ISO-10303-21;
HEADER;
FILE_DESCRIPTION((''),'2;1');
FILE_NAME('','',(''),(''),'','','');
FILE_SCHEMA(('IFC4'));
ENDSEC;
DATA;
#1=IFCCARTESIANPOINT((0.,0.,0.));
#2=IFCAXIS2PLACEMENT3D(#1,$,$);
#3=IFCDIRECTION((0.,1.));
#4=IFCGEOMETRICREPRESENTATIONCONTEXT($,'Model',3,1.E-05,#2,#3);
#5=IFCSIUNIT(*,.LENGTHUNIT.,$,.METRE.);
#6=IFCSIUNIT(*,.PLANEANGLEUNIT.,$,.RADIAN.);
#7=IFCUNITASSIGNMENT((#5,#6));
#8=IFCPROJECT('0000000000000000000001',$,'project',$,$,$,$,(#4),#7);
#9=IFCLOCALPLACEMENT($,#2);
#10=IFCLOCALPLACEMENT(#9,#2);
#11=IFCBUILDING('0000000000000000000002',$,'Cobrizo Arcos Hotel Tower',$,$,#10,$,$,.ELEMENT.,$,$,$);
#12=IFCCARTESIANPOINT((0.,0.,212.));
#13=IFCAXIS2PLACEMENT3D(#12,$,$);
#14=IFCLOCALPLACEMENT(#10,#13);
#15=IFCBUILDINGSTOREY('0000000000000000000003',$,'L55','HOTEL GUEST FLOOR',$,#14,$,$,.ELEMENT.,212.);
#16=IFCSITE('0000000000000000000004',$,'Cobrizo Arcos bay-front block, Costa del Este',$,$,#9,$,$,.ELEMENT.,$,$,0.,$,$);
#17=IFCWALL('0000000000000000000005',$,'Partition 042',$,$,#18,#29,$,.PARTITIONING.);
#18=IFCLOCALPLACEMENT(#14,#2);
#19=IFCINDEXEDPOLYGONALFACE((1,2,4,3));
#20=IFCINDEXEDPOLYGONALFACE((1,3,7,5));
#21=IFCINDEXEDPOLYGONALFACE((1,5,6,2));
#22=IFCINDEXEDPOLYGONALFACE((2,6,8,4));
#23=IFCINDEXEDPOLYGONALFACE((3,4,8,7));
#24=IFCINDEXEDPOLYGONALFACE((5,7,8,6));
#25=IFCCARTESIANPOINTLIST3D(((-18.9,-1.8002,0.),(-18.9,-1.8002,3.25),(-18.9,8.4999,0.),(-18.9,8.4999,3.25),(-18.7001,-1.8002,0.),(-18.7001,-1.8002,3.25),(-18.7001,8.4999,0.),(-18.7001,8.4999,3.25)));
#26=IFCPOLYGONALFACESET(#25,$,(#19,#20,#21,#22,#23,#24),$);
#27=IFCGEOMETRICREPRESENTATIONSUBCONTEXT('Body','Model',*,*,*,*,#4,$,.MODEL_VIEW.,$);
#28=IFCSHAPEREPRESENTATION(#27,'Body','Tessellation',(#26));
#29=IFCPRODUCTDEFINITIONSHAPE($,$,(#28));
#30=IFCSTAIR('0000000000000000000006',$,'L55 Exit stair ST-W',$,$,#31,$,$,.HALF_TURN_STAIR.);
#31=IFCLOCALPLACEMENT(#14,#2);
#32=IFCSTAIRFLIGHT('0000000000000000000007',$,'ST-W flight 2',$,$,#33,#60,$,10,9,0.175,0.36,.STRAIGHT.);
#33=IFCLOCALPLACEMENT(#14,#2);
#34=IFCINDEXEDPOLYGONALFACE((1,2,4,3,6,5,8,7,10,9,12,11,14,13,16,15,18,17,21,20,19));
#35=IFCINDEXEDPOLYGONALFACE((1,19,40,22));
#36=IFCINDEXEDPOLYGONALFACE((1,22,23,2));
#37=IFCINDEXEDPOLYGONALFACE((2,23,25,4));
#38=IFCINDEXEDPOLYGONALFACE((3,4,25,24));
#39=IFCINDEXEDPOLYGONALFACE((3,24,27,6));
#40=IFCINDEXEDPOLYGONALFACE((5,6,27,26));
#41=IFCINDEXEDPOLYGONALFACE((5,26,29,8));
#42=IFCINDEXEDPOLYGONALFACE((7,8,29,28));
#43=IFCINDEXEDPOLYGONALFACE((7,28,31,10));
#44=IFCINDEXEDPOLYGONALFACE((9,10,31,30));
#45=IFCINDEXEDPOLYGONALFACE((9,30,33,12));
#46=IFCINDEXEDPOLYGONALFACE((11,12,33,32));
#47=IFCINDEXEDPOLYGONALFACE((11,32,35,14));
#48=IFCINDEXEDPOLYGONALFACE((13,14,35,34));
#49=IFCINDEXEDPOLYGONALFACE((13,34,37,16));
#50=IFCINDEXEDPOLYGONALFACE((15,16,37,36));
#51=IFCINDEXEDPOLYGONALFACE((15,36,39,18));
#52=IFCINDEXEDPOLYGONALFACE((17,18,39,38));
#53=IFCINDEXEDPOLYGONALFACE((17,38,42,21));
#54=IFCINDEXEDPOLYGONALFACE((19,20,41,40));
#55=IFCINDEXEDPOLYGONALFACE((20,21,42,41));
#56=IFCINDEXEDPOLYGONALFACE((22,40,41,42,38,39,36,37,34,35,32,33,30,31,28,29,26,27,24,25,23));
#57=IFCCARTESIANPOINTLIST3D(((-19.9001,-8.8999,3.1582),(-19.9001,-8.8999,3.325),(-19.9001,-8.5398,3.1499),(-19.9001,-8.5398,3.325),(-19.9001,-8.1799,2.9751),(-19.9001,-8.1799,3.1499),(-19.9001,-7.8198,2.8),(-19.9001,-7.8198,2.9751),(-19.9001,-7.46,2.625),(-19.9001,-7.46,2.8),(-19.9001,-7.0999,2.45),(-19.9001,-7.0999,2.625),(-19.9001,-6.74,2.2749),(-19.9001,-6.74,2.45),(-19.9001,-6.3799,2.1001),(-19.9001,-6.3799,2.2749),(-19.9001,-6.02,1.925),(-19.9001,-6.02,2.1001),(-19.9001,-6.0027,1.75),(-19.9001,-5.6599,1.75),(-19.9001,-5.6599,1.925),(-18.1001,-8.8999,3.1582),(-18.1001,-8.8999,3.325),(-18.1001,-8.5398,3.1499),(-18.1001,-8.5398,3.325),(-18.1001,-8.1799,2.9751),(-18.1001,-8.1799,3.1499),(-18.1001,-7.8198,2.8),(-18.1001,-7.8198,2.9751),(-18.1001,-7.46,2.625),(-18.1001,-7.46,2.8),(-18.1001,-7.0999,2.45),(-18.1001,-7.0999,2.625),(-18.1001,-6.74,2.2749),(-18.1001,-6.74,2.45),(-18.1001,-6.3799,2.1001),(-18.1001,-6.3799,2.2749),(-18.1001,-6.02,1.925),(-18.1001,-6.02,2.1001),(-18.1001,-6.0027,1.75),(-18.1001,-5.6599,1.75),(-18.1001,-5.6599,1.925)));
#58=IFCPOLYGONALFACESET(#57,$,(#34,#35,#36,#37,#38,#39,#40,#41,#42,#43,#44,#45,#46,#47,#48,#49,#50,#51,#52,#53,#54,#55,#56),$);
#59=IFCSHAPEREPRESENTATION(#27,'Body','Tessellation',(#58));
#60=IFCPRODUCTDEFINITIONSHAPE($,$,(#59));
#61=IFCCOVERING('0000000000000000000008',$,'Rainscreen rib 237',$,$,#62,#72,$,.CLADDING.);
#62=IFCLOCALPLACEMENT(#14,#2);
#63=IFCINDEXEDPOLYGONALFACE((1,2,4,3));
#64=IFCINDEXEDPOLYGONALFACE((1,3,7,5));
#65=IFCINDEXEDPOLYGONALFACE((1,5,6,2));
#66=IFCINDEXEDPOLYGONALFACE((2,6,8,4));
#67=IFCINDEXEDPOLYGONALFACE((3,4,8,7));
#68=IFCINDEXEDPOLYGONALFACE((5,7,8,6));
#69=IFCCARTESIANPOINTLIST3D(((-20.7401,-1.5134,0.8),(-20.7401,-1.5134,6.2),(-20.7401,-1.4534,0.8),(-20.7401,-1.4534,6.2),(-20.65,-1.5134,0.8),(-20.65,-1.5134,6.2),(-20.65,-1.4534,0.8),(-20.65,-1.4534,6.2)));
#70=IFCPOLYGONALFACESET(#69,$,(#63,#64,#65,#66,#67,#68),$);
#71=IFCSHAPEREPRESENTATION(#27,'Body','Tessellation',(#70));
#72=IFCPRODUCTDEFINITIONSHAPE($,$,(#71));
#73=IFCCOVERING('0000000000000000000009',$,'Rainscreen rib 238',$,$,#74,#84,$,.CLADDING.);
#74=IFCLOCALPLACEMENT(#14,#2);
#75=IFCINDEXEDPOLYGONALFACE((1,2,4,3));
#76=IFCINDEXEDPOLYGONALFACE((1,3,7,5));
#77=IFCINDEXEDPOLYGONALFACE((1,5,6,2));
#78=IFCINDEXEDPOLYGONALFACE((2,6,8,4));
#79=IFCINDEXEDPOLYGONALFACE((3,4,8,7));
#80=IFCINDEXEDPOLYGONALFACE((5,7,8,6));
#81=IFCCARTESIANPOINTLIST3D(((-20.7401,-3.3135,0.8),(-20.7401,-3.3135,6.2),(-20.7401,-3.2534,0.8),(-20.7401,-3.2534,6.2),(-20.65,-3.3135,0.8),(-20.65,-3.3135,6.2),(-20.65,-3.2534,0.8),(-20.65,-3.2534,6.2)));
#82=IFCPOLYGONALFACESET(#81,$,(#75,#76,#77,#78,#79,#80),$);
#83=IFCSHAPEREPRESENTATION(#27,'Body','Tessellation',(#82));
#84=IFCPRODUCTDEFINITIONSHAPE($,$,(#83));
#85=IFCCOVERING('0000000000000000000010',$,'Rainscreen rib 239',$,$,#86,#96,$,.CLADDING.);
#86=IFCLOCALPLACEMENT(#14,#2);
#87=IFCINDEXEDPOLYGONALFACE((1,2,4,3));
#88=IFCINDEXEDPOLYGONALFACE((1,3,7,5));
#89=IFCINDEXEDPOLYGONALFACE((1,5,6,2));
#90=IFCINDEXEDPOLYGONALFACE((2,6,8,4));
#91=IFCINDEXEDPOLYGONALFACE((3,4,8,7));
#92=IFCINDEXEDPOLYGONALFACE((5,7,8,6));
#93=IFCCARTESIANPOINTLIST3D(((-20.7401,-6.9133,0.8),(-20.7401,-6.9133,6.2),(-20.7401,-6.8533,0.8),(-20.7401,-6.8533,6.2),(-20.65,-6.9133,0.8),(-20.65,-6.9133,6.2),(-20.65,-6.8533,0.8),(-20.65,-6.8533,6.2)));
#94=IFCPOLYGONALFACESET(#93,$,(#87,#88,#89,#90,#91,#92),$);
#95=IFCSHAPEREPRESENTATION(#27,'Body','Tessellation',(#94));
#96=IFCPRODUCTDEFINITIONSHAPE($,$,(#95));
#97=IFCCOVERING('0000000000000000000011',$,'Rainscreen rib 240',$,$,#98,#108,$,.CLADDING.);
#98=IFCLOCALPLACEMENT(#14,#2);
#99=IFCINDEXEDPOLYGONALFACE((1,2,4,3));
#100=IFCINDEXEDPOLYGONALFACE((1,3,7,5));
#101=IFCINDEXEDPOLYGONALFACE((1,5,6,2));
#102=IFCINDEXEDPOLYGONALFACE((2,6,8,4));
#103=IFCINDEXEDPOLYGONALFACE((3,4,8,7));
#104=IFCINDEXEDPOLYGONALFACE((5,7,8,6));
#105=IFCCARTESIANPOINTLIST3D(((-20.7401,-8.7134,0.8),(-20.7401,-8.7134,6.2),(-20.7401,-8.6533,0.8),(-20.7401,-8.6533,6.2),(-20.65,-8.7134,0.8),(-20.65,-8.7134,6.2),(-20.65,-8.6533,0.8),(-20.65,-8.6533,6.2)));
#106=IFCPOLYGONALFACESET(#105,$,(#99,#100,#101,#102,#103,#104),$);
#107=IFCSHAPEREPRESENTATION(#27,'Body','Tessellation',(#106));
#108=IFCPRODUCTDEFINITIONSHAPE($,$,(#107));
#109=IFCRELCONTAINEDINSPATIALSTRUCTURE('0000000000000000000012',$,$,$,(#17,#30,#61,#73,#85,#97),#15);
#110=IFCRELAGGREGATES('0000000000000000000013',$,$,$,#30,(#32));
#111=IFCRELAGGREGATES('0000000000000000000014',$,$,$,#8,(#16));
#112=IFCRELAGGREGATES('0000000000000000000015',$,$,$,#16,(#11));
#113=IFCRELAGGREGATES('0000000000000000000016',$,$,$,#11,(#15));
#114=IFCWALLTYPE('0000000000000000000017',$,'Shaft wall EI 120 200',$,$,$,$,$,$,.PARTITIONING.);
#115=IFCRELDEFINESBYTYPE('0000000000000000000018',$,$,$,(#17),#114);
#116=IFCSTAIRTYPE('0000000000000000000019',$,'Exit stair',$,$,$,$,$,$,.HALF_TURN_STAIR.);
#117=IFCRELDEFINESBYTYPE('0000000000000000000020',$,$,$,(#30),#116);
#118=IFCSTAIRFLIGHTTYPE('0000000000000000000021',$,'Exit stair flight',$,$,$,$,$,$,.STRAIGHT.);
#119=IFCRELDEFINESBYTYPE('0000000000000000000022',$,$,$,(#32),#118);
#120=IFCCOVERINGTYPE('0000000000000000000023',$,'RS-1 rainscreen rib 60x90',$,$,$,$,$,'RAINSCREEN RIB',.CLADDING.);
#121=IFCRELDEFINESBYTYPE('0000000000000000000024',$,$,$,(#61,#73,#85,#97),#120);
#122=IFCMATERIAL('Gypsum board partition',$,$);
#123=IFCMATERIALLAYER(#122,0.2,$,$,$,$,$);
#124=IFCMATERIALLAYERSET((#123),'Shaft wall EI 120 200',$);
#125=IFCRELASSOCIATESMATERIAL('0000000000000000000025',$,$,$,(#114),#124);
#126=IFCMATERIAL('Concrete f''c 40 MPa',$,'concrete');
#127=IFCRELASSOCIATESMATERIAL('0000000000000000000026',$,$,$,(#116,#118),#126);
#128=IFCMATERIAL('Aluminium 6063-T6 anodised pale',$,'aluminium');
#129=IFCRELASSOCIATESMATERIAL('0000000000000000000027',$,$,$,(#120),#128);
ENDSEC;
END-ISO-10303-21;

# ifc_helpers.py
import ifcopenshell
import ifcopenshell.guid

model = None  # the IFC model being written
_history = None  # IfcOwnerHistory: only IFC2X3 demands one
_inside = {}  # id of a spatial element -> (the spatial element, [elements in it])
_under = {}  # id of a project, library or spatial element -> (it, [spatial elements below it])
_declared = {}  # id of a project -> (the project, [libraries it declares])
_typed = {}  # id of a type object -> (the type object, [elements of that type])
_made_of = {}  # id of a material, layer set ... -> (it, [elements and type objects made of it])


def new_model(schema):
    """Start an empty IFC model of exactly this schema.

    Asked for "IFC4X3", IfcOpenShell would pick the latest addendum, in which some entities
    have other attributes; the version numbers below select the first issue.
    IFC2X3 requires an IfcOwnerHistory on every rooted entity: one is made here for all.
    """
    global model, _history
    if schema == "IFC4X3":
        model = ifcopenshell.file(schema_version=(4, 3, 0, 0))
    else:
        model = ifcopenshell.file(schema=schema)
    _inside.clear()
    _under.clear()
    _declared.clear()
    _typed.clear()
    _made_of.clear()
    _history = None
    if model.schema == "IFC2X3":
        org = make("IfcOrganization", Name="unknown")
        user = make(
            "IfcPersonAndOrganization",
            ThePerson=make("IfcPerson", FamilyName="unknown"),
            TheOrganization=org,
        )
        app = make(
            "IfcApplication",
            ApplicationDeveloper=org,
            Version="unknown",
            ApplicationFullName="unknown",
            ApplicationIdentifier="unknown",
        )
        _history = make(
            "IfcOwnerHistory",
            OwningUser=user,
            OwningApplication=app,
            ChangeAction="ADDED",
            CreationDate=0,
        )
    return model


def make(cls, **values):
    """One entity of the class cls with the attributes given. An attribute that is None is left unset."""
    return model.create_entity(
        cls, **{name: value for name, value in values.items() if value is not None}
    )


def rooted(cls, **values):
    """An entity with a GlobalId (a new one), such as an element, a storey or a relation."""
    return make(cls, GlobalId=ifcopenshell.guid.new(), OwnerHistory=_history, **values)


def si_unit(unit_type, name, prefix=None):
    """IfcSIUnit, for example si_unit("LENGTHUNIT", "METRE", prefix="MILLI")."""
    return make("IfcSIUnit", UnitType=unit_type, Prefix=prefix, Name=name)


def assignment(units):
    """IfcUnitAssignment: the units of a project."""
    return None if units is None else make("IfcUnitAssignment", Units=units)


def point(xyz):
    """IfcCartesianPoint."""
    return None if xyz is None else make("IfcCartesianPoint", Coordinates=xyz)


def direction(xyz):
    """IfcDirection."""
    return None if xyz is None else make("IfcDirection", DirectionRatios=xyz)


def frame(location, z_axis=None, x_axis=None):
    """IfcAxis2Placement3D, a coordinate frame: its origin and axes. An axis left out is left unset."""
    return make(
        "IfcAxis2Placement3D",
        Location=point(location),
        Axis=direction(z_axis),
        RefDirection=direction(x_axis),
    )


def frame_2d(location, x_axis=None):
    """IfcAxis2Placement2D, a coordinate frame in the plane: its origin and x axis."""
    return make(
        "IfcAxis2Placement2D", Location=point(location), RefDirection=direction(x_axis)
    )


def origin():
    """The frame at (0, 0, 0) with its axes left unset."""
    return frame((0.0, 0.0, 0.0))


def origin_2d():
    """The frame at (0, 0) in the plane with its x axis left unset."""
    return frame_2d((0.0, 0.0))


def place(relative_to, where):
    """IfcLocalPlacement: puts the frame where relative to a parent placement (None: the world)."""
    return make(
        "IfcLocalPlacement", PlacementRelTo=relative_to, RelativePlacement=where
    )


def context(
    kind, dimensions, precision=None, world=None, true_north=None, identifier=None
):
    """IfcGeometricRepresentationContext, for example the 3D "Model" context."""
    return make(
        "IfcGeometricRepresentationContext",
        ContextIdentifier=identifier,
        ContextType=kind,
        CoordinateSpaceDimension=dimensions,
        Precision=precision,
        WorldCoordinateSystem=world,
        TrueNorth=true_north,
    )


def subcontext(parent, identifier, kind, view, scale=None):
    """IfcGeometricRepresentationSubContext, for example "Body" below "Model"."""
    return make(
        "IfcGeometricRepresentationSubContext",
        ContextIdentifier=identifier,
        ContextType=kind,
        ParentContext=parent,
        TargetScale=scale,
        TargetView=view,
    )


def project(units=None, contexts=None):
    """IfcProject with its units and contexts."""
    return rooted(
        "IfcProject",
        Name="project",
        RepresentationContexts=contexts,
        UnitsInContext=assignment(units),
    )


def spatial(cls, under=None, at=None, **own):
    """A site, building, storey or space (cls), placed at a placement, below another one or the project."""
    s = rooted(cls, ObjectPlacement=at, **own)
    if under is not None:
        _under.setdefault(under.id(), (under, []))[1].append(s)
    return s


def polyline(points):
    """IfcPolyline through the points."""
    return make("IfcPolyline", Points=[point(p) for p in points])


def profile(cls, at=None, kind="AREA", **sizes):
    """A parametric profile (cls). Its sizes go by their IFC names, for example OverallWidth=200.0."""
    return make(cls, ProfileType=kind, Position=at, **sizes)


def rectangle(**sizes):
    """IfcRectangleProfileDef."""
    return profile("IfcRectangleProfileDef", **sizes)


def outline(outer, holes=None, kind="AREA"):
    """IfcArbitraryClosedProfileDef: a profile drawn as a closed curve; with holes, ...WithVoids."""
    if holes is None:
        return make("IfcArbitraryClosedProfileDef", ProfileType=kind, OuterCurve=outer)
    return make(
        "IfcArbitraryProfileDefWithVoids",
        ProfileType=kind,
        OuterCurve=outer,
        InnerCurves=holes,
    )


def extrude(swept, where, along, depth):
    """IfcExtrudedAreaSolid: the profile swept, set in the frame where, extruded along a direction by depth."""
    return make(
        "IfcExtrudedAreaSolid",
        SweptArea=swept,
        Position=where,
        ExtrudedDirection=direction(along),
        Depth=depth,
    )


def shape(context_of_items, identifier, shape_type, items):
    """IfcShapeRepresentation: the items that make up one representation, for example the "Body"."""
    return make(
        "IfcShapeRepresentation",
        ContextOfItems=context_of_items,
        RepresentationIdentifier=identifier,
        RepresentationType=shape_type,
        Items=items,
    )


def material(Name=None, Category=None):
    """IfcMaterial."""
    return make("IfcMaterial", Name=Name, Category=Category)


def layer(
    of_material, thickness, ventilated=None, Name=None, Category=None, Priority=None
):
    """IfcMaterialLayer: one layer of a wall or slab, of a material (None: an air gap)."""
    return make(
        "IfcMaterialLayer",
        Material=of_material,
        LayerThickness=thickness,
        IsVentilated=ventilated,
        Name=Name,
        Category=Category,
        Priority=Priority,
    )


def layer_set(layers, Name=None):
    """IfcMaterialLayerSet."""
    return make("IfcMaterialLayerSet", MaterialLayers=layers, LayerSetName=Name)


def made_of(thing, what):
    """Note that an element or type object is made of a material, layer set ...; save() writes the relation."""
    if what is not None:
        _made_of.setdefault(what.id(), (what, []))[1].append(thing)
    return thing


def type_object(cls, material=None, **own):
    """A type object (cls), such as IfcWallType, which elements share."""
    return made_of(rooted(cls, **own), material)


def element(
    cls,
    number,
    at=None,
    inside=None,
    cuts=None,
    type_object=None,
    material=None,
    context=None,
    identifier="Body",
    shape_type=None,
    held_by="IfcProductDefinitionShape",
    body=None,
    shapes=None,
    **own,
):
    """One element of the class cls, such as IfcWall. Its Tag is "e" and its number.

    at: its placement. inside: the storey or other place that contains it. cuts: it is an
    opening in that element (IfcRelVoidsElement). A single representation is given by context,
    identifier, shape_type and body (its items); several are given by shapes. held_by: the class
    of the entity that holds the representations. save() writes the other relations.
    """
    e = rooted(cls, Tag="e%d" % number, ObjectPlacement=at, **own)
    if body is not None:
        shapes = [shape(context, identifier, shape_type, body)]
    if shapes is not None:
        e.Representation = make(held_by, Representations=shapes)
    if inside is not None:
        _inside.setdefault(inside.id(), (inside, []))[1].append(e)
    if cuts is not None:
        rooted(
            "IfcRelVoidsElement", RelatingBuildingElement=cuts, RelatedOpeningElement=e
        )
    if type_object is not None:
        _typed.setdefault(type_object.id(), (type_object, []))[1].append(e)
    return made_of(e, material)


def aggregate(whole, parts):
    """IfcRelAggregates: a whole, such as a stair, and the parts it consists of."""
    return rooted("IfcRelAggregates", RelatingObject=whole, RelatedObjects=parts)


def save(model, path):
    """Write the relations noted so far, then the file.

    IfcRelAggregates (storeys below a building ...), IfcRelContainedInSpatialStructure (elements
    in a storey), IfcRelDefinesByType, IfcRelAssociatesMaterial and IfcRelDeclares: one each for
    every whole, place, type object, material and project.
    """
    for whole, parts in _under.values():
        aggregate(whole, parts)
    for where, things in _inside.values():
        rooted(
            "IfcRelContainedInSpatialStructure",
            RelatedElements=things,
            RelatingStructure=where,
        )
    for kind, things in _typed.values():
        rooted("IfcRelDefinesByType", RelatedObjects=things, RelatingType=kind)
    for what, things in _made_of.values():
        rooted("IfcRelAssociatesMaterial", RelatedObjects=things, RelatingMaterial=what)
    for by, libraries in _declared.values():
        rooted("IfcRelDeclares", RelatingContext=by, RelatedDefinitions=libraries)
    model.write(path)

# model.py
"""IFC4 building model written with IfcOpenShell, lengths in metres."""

from ifc_helpers import new_model, si_unit, direction, frame, frame_2d, origin, origin_2d, place, context, subcontext, project, spatial, polyline, rectangle, outline, extrude, material, layer, layer_set, type_object, element, aggregate, save


model = new_model("IFC4")

# Units and contexts
model_context = context("Model", 3, precision=1e-05, world=origin(), true_north=direction((0.0, 1.0)))
body_context = subcontext(model_context, "Body", "Model", "MODEL_VIEW")
ifc_project = project(units=[si_unit("LENGTHUNIT", "METRE"), si_unit("PLANEANGLEUNIT", "RADIAN")], contexts=[model_context])

# Site, building, storey
site_placement = place(None, origin())
site = spatial("IfcSite", under=ifc_project, at=site_placement, Name="Cobrizo Arcos bay-front block, Costa del Este", CompositionType="ELEMENT", RefElevation=0.0)
building_placement = place(site_placement, origin())
building = spatial("IfcBuilding", under=site, at=building_placement, Name="Cobrizo Arcos Hotel Tower", CompositionType="ELEMENT")
storey_placement = place(building_placement, frame((0.0, 0.0, 212.0)))
storey = spatial("IfcBuildingStorey", under=building, at=storey_placement, Name="L55", Description="HOTEL GUEST FLOOR", CompositionType="ELEMENT", Elevation=212.0)

# Wall
ifc_material_1 = material(Name="Gypsum board partition")
ifc_layer = layer(ifc_material_1, 0.2)
ifc_layer_set = layer_set([ifc_layer], Name="Shaft wall EI 120 200")
wall_type = type_object("IfcWallType", Name="Shaft wall EI 120 200", PredefinedType="PARTITIONING", material=ifc_layer_set)
wall_placement = place(storey_placement, frame((-18.8, -1.8, 0.0), z_axis=(0.0, 0.0, 1.0), x_axis=(0.0, 1.0, 0.0)))
element("IfcWall", 1, at=wall_placement, inside=storey, type_object=wall_type, Name="Partition 042", PredefinedType="PARTITIONING", context=body_context, shape_type="SweptSolid", body=[
    extrude(rectangle(XDim=10.3, YDim=0.2, at=frame_2d((5.1499, 0.0))), origin(), (0.0, 0.0, 1.0), 3.25),
])

# Stair, stair flight
ifc_material_2 = material(Name="Concrete f'c 40 MPa", Category="concrete")
stair_type = type_object("IfcStairType", Name="Exit stair", PredefinedType="HALF_TURN_STAIR", material=ifc_material_2)
stair_placement = place(storey_placement, origin())
stair = element("IfcStair", 2, at=stair_placement, inside=storey, type_object=stair_type, Name="L55 Exit stair ST-W", PredefinedType="HALF_TURN_STAIR")
stair_flight_type = type_object("IfcStairFlightType", Name="Exit stair flight", PredefinedType="STRAIGHT", material=ifc_material_2)
stair_flight_placement = place(storey_placement, frame((-19.0, -5.6599, 1.75), z_axis=(0.0, 0.0, 1.0), x_axis=(0.0, -1.0, 0.0)))
stair_flight = element("IfcStairFlight", 3, at=stair_flight_placement, type_object=stair_flight_type, Name="ST-W flight 2", NumberOfRisers=10, NumberOfTreads=9, PredefinedType="STRAIGHT", RiserHeight=0.175, TreadLength=0.36, context=body_context, shape_type="SweptSolid", body=[
    extrude(outline(polyline([(0.0, 0.0), (0.0, 0.175), (0.3601, 0.175), (0.3601, 0.3501), (0.72, 0.3501), (0.72, 0.5249), (1.0801, 0.5249), (1.0801, 0.7), (1.4399, 0.7), (1.4399, 0.875), (1.8, 0.875), (1.8, 1.05), (2.1599, 1.05), (2.1599, 1.2251), (2.52, 1.2251), (2.52, 1.3999), (2.8799, 1.3999), (2.8799, 1.575), (3.24, 1.575), (3.24, 1.75), (3.24, 1.4082), (0.3428, 0.0), (0.0, 0.0)])), frame((0.0, 0.8999, 0.0), z_axis=(0.0, -1.0, 0.0), x_axis=(1.0, 0.0, 0.0)), (0.0, 0.0, 1.0), 1.8),
])
aggregate(stair, [stair_flight])

# Coverings
ifc_material_3 = material(Name="Aluminium 6063-T6 anodised pale", Category="aluminium")
covering_type = type_object("IfcCoveringType", Name="RS-1 rainscreen rib 60x90", ElementType="RAINSCREEN RIB", PredefinedType="CLADDING", material=ifc_material_3)
for number, where, z_axis, x_axis, name in (
    (4, (-20.6951, -1.4834, 0.8), (0.0, 0.0, 1.0), (0.0, -1.0, 0.0), "Rainscreen rib 237"),
    (5, (-20.6951, -3.2834, 0.8), (0.0, 0.0, 1.0), (0.0, -1.0, 0.0), "Rainscreen rib 238"),
    (6, (-20.6951, -6.8833, 0.8), (0.0, 0.0, 1.0), (0.0, -1.0, 0.0), "Rainscreen rib 239"),
    (7, (-20.6951, -8.6833, 0.8), (0.0, 0.0, 1.0), (0.0, -1.0, 0.0), "Rainscreen rib 240"),
):
    element("IfcCovering", number, at=place(storey_placement, frame(where, z_axis=z_axis, x_axis=x_axis)), inside=storey, type_object=covering_type, Name=name, PredefinedType="CLADDING", context=body_context, shape_type="SweptSolid", body=[
        extrude(rectangle(XDim=0.0601, YDim=0.0901, at=origin_2d()), origin(), (0.0, 0.0, 1.0), 5.3999),
    ])

save(model, "model.ifc")
